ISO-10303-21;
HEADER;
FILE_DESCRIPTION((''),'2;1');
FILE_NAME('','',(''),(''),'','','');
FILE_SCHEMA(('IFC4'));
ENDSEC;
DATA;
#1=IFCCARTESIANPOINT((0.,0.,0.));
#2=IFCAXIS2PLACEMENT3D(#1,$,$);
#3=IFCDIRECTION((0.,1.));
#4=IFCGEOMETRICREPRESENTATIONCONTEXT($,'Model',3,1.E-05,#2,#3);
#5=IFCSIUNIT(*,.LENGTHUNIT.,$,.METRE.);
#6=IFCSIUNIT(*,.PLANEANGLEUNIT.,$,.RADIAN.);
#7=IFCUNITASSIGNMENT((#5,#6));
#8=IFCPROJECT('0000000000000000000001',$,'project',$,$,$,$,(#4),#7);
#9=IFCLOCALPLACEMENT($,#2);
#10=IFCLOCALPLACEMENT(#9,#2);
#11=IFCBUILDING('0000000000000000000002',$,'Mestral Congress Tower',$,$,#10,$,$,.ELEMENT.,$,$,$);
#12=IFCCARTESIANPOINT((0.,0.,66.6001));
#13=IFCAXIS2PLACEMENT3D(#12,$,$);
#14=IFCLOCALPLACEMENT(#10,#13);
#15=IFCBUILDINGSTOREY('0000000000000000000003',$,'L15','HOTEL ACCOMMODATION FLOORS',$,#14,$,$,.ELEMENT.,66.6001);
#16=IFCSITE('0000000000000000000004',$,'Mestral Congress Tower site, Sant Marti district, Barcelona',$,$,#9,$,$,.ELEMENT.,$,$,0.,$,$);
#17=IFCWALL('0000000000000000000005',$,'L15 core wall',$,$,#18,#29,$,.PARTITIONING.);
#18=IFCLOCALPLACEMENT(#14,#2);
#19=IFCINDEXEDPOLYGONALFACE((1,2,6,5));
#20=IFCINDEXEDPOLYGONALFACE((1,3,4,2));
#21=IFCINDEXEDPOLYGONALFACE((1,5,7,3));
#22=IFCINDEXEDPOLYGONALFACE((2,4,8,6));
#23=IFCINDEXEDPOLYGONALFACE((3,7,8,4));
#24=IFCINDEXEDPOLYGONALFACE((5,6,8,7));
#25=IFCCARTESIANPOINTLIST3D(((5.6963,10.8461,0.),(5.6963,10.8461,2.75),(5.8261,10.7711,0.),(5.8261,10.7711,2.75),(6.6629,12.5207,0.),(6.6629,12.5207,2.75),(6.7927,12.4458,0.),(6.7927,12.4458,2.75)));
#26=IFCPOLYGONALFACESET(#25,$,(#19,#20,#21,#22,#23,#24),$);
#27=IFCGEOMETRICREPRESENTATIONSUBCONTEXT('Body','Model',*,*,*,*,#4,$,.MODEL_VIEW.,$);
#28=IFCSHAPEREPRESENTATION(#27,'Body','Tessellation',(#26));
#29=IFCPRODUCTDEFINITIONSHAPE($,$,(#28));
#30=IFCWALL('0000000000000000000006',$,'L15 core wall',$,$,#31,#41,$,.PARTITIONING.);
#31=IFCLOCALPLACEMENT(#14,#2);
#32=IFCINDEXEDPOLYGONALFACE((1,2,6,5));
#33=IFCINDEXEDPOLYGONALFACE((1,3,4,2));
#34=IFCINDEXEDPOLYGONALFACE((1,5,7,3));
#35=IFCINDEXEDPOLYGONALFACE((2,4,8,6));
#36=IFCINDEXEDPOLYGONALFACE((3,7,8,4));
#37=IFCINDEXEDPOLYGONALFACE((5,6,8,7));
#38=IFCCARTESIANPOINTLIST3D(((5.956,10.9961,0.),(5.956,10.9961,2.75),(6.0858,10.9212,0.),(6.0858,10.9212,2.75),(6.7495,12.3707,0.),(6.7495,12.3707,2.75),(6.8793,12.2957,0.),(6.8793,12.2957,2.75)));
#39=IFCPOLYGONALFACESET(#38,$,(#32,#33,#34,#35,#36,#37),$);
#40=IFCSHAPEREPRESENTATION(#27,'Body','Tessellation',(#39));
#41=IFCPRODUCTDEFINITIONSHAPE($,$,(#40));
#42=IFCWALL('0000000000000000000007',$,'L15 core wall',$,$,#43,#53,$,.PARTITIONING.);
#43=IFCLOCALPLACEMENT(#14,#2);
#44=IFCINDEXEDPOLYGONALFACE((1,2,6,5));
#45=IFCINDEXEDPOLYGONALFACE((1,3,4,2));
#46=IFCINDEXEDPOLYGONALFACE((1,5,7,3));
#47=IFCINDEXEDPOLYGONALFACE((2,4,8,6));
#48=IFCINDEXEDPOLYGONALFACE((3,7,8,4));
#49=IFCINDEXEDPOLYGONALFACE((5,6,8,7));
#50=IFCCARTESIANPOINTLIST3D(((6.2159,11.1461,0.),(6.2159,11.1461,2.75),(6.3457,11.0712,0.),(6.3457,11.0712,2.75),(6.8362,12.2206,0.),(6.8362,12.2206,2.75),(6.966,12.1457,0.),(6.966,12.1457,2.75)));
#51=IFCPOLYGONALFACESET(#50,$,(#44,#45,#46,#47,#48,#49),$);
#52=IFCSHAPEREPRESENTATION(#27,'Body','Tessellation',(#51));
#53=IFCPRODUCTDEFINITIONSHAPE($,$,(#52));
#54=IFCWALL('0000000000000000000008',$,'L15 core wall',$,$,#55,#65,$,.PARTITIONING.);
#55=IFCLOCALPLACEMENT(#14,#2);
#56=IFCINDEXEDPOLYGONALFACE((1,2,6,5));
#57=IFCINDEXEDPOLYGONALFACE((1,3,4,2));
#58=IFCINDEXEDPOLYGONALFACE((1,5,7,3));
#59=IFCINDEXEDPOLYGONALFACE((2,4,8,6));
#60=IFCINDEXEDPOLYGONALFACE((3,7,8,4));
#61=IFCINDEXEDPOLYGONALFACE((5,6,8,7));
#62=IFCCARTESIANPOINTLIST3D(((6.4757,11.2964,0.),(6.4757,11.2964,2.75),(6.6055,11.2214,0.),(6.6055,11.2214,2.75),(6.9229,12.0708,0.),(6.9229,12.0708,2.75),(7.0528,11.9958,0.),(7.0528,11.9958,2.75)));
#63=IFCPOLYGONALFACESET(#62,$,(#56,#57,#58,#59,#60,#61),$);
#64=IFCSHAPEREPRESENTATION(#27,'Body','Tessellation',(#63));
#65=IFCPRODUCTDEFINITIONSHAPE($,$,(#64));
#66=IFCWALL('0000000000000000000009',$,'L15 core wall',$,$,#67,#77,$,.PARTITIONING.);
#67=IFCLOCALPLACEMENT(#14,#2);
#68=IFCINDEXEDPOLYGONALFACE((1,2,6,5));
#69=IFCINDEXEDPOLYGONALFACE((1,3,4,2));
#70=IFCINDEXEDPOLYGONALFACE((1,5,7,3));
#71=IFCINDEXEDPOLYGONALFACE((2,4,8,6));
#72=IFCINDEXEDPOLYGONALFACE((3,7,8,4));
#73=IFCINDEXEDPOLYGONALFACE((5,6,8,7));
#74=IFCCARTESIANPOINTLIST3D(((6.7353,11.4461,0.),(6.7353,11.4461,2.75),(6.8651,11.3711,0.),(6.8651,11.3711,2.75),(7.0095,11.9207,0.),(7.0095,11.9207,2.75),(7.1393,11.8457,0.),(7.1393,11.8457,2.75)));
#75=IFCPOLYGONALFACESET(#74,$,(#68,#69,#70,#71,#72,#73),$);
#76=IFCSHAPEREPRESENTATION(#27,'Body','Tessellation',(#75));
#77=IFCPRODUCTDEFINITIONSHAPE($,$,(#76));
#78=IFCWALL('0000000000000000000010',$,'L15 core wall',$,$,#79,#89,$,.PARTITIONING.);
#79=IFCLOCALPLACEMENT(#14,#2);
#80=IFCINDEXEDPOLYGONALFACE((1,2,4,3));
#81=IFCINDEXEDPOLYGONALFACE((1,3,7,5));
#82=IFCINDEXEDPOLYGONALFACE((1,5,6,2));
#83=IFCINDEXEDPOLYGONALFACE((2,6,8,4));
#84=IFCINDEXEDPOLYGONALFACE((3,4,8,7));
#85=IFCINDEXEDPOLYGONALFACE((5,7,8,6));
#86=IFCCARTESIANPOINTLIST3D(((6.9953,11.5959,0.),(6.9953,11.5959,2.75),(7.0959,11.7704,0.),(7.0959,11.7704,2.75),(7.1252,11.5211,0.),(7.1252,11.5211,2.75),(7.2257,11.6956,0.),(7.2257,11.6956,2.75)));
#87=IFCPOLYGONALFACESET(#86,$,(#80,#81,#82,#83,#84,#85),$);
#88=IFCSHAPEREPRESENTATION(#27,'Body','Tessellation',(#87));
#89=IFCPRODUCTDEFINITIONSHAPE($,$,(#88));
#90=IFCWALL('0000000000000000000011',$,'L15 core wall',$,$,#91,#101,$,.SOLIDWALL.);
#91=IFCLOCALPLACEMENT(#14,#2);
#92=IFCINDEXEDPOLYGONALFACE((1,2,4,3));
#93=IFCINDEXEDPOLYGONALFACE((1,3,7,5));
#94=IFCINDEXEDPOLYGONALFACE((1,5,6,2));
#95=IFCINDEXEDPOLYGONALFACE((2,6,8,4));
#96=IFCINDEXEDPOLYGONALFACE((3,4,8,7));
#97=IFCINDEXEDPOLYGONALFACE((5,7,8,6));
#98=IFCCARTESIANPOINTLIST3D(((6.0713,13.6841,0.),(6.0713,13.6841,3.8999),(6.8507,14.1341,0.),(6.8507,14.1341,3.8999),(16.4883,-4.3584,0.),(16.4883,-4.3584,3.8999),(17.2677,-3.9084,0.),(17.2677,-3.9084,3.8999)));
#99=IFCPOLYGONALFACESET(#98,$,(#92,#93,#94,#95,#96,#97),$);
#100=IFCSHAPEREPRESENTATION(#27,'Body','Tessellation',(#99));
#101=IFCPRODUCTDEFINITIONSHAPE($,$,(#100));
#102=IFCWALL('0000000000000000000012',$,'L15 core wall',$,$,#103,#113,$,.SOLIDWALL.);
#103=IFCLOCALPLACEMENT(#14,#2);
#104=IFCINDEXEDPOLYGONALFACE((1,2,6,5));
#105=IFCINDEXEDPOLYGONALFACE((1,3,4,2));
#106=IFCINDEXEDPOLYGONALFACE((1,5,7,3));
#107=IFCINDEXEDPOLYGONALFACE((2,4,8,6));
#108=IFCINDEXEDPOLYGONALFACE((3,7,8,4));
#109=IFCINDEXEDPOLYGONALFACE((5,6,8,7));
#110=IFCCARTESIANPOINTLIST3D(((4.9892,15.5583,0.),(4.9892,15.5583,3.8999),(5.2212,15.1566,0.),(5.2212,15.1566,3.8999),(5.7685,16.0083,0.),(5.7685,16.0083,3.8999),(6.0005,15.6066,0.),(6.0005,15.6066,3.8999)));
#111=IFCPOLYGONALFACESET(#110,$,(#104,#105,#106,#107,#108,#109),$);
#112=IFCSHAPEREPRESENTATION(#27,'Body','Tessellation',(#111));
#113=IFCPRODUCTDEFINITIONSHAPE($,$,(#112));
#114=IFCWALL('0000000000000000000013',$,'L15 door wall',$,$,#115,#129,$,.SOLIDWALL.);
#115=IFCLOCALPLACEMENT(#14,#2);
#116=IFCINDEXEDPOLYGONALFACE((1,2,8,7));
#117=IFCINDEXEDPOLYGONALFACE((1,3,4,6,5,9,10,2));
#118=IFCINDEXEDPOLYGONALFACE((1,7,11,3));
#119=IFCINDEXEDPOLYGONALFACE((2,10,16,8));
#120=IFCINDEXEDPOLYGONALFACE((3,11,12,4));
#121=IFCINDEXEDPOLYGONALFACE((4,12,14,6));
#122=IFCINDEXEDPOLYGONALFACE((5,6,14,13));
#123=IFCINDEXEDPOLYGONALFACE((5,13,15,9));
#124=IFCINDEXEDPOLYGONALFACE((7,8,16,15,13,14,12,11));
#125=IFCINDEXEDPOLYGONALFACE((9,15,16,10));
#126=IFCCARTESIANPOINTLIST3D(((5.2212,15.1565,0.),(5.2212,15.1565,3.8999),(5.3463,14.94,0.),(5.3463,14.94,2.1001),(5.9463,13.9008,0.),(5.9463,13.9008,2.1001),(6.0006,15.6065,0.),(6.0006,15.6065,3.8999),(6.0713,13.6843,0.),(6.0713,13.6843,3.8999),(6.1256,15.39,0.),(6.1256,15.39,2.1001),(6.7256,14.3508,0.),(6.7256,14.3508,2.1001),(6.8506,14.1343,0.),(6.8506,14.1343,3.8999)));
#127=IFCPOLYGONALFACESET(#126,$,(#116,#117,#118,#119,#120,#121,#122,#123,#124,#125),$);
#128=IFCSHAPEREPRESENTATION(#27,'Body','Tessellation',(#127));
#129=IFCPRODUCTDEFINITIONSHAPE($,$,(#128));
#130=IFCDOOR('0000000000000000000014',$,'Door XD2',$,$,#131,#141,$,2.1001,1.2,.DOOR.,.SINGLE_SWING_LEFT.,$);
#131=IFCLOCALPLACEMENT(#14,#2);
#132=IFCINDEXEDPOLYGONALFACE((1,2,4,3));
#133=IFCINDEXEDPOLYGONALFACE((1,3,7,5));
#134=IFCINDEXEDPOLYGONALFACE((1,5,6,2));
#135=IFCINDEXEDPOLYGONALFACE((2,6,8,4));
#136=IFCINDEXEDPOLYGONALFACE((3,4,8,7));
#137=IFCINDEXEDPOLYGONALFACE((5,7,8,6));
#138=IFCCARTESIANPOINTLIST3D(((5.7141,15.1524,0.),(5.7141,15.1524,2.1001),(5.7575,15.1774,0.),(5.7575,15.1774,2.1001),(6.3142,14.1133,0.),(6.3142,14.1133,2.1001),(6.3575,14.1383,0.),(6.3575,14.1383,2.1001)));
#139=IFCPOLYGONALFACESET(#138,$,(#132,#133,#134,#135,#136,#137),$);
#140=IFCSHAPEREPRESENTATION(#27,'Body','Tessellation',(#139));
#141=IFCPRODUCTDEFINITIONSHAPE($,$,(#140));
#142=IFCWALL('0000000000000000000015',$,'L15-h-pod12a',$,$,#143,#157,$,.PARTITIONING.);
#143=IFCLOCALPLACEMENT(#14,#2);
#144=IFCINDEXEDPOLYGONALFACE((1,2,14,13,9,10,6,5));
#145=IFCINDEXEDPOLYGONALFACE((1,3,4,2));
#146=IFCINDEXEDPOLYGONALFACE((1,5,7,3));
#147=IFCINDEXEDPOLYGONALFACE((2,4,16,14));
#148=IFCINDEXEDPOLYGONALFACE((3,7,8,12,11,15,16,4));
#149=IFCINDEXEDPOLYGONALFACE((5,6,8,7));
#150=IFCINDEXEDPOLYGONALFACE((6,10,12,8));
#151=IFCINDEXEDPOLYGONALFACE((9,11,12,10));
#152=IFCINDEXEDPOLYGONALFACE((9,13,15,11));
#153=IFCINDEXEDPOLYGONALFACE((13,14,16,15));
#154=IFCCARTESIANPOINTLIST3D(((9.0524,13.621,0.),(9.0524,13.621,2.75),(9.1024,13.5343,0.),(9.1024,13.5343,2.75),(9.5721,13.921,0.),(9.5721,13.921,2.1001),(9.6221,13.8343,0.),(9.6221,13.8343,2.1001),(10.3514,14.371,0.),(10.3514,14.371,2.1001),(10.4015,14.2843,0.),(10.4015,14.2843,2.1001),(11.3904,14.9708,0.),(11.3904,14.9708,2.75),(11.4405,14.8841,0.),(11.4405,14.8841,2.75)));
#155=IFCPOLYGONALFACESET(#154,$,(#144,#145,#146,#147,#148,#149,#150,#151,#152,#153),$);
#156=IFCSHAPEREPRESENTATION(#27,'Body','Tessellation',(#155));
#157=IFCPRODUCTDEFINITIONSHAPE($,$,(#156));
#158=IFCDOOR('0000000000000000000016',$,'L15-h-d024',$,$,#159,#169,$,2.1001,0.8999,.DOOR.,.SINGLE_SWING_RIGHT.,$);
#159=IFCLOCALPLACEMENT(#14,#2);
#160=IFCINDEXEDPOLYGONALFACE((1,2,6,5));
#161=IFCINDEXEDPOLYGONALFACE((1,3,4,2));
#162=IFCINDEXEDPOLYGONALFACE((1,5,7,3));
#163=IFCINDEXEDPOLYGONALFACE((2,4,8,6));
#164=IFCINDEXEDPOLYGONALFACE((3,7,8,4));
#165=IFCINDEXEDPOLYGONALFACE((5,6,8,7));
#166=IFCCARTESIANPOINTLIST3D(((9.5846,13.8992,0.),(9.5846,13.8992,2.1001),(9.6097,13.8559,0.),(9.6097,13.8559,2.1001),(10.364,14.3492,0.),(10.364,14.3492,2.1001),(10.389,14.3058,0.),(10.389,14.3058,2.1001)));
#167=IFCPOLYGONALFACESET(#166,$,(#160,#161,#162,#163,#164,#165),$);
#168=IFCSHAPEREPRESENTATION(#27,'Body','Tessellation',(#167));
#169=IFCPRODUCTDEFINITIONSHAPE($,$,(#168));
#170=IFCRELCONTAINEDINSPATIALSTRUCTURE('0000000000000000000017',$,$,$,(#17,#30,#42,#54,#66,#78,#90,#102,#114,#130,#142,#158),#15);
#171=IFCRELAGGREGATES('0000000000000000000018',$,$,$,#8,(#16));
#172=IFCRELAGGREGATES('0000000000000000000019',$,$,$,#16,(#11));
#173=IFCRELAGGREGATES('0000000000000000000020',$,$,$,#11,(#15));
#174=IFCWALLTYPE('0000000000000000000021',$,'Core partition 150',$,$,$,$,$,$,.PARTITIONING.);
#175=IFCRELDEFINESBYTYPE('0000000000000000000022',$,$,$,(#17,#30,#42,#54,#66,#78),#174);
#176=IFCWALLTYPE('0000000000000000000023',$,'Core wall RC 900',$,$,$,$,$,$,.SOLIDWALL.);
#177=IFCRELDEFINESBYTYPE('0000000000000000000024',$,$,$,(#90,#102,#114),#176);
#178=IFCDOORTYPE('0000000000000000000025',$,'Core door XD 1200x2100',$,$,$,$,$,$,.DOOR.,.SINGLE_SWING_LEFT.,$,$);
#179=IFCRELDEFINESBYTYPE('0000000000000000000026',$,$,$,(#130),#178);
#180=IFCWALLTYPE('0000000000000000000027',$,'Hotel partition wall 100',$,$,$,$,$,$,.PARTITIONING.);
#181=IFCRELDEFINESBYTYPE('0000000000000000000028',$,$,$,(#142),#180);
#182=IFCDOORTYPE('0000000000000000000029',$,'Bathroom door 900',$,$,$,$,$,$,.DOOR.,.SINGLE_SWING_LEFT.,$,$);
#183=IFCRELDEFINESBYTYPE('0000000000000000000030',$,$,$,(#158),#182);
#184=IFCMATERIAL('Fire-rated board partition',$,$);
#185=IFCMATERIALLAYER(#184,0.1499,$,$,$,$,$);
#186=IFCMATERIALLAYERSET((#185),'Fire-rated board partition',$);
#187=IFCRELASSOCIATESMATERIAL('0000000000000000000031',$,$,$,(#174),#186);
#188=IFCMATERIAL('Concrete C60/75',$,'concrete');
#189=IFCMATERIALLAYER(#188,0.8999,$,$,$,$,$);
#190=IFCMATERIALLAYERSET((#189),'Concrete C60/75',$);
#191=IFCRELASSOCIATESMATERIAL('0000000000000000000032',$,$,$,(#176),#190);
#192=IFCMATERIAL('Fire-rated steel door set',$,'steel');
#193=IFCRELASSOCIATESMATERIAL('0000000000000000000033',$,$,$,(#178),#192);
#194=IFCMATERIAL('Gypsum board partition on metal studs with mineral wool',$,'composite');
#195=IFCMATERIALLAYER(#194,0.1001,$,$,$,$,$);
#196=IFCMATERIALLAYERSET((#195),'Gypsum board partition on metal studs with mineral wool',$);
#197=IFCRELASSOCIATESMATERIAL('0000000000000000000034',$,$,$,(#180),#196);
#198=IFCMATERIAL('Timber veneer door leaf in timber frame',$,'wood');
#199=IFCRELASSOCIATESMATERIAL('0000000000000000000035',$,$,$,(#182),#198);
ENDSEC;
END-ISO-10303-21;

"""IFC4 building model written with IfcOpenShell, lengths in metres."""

from ifc_helpers import new_model, si_unit, direction, frame, frame_2d, origin, place, context, subcontext, project, spatial, rectangle, extrude, material, layer, layer_set, type_object, element, fill, save


model = new_model("IFC4")

# Units and contexts
model_context = context("Model", 3, precision=1e-05, world=origin(), true_north=direction((0.0, 1.0)))
body_context = subcontext(model_context, "Body", "Model", "MODEL_VIEW")
ifc_project = project(units=[si_unit("LENGTHUNIT", "METRE"), si_unit("PLANEANGLEUNIT", "RADIAN")], contexts=[model_context])

# Site, building, storey
site_placement = place(None, origin())
site = spatial("IfcSite", under=ifc_project, at=site_placement, Name="Mestral Congress Tower site, Sant Marti district, Barcelona", CompositionType="ELEMENT", RefElevation=0.0)
building_placement = place(site_placement, origin())
building = spatial("IfcBuilding", under=site, at=building_placement, Name="Mestral Congress Tower", CompositionType="ELEMENT")
storey_placement = place(building_placement, frame((0.0, 0.0, 66.6001)))
storey = spatial("IfcBuildingStorey", under=building, at=storey_placement, Name="L15", Description="HOTEL ACCOMMODATION FLOORS", CompositionType="ELEMENT", Elevation=66.6001)

# Walls
ifc_material_1 = material(Name="Fire-rated board partition")
ifc_layer_1 = layer(ifc_material_1, 0.1499)
ifc_layer_set_1 = layer_set([ifc_layer_1], Name="Fire-rated board partition")
wall_type_1 = type_object("IfcWallType", Name="Core partition 150", PredefinedType="PARTITIONING", material=ifc_layer_set_1)
wall_1_placement = place(storey_placement, frame((5.7612, 10.8086, 0.0), z_axis=(0.0, 0.0, 1.0), x_axis=(0.499901, 0.866083, 0.0)))
element("IfcWall", 1, at=wall_1_placement, inside=storey, type_object=wall_type_1, Name="L15 core wall", PredefinedType="PARTITIONING", context=body_context, shape_type="SweptSolid", body=[
    extrude(rectangle(XDim=1.9336, YDim=0.1499, at=frame_2d((0.9668, 0.0))), origin(), (0.0, 0.0, 1.0), 2.75),
])
wall_2_placement = place(storey_placement, frame((6.021, 10.9587, 0.0), z_axis=(0.0, 0.0, 1.0), x_axis=(0.499944, 0.866058, 0.0)))
element("IfcWall", 2, at=wall_2_placement, inside=storey, type_object=wall_type_1, Name="L15 core wall", PredefinedType="PARTITIONING", context=body_context, shape_type="SweptSolid", body=[
    extrude(rectangle(XDim=1.5872, YDim=0.1499, at=frame_2d((0.7935, 0.0))), origin(), (0.0, 0.0, 1.0), 2.75),
])
wall_3_placement = place(storey_placement, frame((6.2808, 11.1086, 0.0), z_axis=(0.0, 0.0, 1.0), x_axis=(0.500012, 0.866018, 0.0)))
element("IfcWall", 3, at=wall_3_placement, inside=storey, type_object=wall_type_1, Name="L15 core wall", PredefinedType="PARTITIONING", context=body_context, shape_type="SweptSolid", body=[
    extrude(rectangle(XDim=1.2407, YDim=0.1499, at=frame_2d((0.6204, 0.0))), origin(), (0.0, 0.0, 1.0), 2.75),
])
wall_4_placement = place(storey_placement, frame((6.5405, 11.2588, 0.0), z_axis=(0.0, 0.0, 1.0), x_axis=(0.500132, 0.865949, 0.0)))
element("IfcWall", 4, at=wall_4_placement, inside=storey, type_object=wall_type_1, Name="L15 core wall", PredefinedType="PARTITIONING", context=body_context, shape_type="SweptSolid", body=[
    extrude(rectangle(XDim=0.8943, YDim=0.1499, at=frame_2d((0.4473, 0.0))), origin(), (0.0, 0.0, 1.0), 2.75),
])
wall_5_placement = place(storey_placement, frame((6.8003, 11.4087, 0.0), z_axis=(0.0, 0.0, 1.0), x_axis=(0.500211, 0.865904, 0.0)))
element("IfcWall", 5, at=wall_5_placement, inside=storey, type_object=wall_type_1, Name="L15 core wall", PredefinedType="PARTITIONING", context=body_context, shape_type="SweptSolid", body=[
    extrude(rectangle(XDim=0.5481, YDim=0.1499, at=frame_2d((0.2739, 0.0))), origin(), (0.0, 0.0, 1.0), 2.75),
])
wall_6_placement = place(storey_placement, frame((7.0603, 11.5586, 0.0), z_axis=(0.0, 0.0, 1.0), x_axis=(0.499268, 0.866448, 0.0)))
element("IfcWall", 6, at=wall_6_placement, inside=storey, type_object=wall_type_1, Name="L15 core wall", PredefinedType="PARTITIONING", context=body_context, shape_type="SweptSolid", body=[
    extrude(rectangle(XDim=0.2014, YDim=0.1499, at=frame_2d((0.1006, 0.0))), origin(), (0.0, 0.0, 1.0), 2.75),
])
ifc_material_2 = material(Name="Concrete C60/75", Category="concrete")
ifc_layer_2 = layer(ifc_material_2, 0.8999)
ifc_layer_set_2 = layer_set([ifc_layer_2], Name="Concrete C60/75")
wall_type_2 = type_object("IfcWallType", Name="Core wall RC 900", PredefinedType="SOLIDWALL", material=ifc_layer_set_2)
wall_7_placement = place(storey_placement, frame((6.4609, 13.9092, 0.0), z_axis=(0.0, 0.0, 1.0), x_axis=(0.500006, -0.866022, 0.0)))
element("IfcWall", 7, at=wall_7_placement, inside=storey, type_object=wall_type_2, Name="L15 core wall", PredefinedType="SOLIDWALL", context=body_context, shape_type="SweptSolid", body=[
    extrude(rectangle(XDim=20.8337, YDim=0.8999, at=frame_2d((10.417, 0.0))), origin(), (0.0, 0.0, 1.0), 3.8999),
])
wall_8_placement = place(storey_placement, frame((5.6108, 15.3816, 0.0), z_axis=(0.0, 0.0, 1.0), x_axis=(-0.500102, 0.865966, 0.0)))
element("IfcWall", 8, at=wall_8_placement, inside=storey, type_object=wall_type_2, Name="L15 core wall", PredefinedType="SOLIDWALL", context=body_context, shape_type="SweptSolid", body=[
    extrude(rectangle(XDim=0.4639, YDim=0.8999, at=frame_2d((0.2319, 0.0))), origin(), (0.0, 0.0, 1.0), 3.8999),
])

# Walls, openings, doors
wall_9_placement = place(storey_placement, frame((5.6108, 15.3816, 0.0), z_axis=(0.0, 0.0, 1.0), x_axis=(0.500062, -0.865989, 0.0)))
wall_9 = element("IfcWall", 9, at=wall_9_placement, inside=storey, type_object=wall_type_2, Name="L15 door wall", PredefinedType="SOLIDWALL", context=body_context, shape_type="SweptSolid", body=[
    extrude(rectangle(XDim=1.7, YDim=0.8999, at=frame_2d((0.8501, 0.0))), origin(), (0.0, 0.0, 1.0), 3.8999),
])
opening_1_placement = place(wall_9_placement, frame((0.25, 0.0, 0.0)))
opening_1 = element("IfcOpeningElement", 10, at=opening_1_placement, cuts=wall_9, PredefinedType="OPENING", context=body_context, shape_type="SweptSolid", body=[
    extrude(rectangle(XDim=1.2, YDim=2.1001, at=frame_2d((0.6001, 1.05))), frame((0.0, 0.46, 0.0), z_axis=(0.0, -1.0, 0.0), x_axis=(1.0, 0.0, 0.0)), (0.0, 0.0, 1.0), 0.9199),
])
ifc_material_3 = material(Name="Fire-rated steel door set", Category="steel")
door_type_1 = type_object("IfcDoorType", Name="Core door XD 1200x2100", OperationType="SINGLE_SWING_LEFT", PredefinedType="DOOR", material=ifc_material_3)
door_1_placement = place(opening_1_placement, origin())
door_1 = element("IfcDoor", 11, at=door_1_placement, inside=storey, type_object=door_type_1, Name="Door XD2", OperationType="SINGLE_SWING_LEFT", OverallHeight=2.1001, OverallWidth=1.2, PredefinedType="DOOR", context=body_context, shape_type="SweptSolid", body=[
    extrude(rectangle(XDim=1.2, YDim=2.1001, at=frame_2d((0.6001, 1.05))), frame((0.0, 0.0249, 0.0), z_axis=(0.0, -1.0, 0.0), x_axis=(1.0, 0.0, 0.0)), (0.0, 0.0, 1.0), 0.05),
])
fill(opening_1, door_1)
ifc_material_4 = material(Name="Gypsum board partition on metal studs with mineral wool", Category="composite")
ifc_layer_3 = layer(ifc_material_4, 0.1001)
ifc_layer_set_3 = layer_set([ifc_layer_3], Name="Gypsum board partition on metal studs with mineral wool")
wall_type_3 = type_object("IfcWallType", Name="Hotel partition wall 100", PredefinedType="PARTITIONING", material=ifc_layer_set_3)
wall_10_placement = place(storey_placement, frame((9.0774, 13.5776, 0.0), z_axis=(0.0, 0.0, 1.0), x_axis=(0.866037, 0.499981, 0.0)))
wall_10 = element("IfcWall", 12, at=wall_10_placement, inside=storey, type_object=wall_type_3, Name="L15-h-pod12a", PredefinedType="PARTITIONING", context=body_context, shape_type="SweptSolid", body=[
    extrude(rectangle(XDim=2.6997, YDim=0.1001, at=frame_2d((1.3499, 0.0))), origin(), (0.0, 0.0, 1.0), 2.75),
])
opening_2_placement = place(wall_10_placement, frame((0.6001, 0.0, 0.0)))
opening_2 = element("IfcOpeningElement", 13, at=opening_2_placement, cuts=wall_10, PredefinedType="OPENING", context=body_context, shape_type="SweptSolid", body=[
    extrude(rectangle(XDim=0.8999, YDim=2.1001, at=frame_2d((0.45, 1.05))), frame((0.0, 0.0601, 0.0), z_axis=(0.0, -1.0, 0.0), x_axis=(1.0, 0.0, 0.0)), (0.0, 0.0, 1.0), 0.1201),
])
ifc_material_5 = material(Name="Timber veneer door leaf in timber frame", Category="wood")
door_type_2 = type_object("IfcDoorType", Name="Bathroom door 900", OperationType="SINGLE_SWING_LEFT", PredefinedType="DOOR", material=ifc_material_5)
door_2_placement = place(opening_2_placement, origin())
door_2 = element("IfcDoor", 14, at=door_2_placement, inside=storey, type_object=door_type_2, Name="L15-h-d024", OperationType="SINGLE_SWING_RIGHT", OverallHeight=2.1001, OverallWidth=0.8999, PredefinedType="DOOR", context=body_context, shape_type="SweptSolid", body=[
    extrude(rectangle(XDim=0.8999, YDim=2.1001, at=frame_2d((0.45, 1.05))), frame((0.0, 0.0249, 0.0), z_axis=(0.0, -1.0, 0.0), x_axis=(1.0, 0.0, 0.0)), (0.0, 0.0, 1.0), 0.05),
])
fill(opening_2, door_2)

save(model, "model.ifc")
